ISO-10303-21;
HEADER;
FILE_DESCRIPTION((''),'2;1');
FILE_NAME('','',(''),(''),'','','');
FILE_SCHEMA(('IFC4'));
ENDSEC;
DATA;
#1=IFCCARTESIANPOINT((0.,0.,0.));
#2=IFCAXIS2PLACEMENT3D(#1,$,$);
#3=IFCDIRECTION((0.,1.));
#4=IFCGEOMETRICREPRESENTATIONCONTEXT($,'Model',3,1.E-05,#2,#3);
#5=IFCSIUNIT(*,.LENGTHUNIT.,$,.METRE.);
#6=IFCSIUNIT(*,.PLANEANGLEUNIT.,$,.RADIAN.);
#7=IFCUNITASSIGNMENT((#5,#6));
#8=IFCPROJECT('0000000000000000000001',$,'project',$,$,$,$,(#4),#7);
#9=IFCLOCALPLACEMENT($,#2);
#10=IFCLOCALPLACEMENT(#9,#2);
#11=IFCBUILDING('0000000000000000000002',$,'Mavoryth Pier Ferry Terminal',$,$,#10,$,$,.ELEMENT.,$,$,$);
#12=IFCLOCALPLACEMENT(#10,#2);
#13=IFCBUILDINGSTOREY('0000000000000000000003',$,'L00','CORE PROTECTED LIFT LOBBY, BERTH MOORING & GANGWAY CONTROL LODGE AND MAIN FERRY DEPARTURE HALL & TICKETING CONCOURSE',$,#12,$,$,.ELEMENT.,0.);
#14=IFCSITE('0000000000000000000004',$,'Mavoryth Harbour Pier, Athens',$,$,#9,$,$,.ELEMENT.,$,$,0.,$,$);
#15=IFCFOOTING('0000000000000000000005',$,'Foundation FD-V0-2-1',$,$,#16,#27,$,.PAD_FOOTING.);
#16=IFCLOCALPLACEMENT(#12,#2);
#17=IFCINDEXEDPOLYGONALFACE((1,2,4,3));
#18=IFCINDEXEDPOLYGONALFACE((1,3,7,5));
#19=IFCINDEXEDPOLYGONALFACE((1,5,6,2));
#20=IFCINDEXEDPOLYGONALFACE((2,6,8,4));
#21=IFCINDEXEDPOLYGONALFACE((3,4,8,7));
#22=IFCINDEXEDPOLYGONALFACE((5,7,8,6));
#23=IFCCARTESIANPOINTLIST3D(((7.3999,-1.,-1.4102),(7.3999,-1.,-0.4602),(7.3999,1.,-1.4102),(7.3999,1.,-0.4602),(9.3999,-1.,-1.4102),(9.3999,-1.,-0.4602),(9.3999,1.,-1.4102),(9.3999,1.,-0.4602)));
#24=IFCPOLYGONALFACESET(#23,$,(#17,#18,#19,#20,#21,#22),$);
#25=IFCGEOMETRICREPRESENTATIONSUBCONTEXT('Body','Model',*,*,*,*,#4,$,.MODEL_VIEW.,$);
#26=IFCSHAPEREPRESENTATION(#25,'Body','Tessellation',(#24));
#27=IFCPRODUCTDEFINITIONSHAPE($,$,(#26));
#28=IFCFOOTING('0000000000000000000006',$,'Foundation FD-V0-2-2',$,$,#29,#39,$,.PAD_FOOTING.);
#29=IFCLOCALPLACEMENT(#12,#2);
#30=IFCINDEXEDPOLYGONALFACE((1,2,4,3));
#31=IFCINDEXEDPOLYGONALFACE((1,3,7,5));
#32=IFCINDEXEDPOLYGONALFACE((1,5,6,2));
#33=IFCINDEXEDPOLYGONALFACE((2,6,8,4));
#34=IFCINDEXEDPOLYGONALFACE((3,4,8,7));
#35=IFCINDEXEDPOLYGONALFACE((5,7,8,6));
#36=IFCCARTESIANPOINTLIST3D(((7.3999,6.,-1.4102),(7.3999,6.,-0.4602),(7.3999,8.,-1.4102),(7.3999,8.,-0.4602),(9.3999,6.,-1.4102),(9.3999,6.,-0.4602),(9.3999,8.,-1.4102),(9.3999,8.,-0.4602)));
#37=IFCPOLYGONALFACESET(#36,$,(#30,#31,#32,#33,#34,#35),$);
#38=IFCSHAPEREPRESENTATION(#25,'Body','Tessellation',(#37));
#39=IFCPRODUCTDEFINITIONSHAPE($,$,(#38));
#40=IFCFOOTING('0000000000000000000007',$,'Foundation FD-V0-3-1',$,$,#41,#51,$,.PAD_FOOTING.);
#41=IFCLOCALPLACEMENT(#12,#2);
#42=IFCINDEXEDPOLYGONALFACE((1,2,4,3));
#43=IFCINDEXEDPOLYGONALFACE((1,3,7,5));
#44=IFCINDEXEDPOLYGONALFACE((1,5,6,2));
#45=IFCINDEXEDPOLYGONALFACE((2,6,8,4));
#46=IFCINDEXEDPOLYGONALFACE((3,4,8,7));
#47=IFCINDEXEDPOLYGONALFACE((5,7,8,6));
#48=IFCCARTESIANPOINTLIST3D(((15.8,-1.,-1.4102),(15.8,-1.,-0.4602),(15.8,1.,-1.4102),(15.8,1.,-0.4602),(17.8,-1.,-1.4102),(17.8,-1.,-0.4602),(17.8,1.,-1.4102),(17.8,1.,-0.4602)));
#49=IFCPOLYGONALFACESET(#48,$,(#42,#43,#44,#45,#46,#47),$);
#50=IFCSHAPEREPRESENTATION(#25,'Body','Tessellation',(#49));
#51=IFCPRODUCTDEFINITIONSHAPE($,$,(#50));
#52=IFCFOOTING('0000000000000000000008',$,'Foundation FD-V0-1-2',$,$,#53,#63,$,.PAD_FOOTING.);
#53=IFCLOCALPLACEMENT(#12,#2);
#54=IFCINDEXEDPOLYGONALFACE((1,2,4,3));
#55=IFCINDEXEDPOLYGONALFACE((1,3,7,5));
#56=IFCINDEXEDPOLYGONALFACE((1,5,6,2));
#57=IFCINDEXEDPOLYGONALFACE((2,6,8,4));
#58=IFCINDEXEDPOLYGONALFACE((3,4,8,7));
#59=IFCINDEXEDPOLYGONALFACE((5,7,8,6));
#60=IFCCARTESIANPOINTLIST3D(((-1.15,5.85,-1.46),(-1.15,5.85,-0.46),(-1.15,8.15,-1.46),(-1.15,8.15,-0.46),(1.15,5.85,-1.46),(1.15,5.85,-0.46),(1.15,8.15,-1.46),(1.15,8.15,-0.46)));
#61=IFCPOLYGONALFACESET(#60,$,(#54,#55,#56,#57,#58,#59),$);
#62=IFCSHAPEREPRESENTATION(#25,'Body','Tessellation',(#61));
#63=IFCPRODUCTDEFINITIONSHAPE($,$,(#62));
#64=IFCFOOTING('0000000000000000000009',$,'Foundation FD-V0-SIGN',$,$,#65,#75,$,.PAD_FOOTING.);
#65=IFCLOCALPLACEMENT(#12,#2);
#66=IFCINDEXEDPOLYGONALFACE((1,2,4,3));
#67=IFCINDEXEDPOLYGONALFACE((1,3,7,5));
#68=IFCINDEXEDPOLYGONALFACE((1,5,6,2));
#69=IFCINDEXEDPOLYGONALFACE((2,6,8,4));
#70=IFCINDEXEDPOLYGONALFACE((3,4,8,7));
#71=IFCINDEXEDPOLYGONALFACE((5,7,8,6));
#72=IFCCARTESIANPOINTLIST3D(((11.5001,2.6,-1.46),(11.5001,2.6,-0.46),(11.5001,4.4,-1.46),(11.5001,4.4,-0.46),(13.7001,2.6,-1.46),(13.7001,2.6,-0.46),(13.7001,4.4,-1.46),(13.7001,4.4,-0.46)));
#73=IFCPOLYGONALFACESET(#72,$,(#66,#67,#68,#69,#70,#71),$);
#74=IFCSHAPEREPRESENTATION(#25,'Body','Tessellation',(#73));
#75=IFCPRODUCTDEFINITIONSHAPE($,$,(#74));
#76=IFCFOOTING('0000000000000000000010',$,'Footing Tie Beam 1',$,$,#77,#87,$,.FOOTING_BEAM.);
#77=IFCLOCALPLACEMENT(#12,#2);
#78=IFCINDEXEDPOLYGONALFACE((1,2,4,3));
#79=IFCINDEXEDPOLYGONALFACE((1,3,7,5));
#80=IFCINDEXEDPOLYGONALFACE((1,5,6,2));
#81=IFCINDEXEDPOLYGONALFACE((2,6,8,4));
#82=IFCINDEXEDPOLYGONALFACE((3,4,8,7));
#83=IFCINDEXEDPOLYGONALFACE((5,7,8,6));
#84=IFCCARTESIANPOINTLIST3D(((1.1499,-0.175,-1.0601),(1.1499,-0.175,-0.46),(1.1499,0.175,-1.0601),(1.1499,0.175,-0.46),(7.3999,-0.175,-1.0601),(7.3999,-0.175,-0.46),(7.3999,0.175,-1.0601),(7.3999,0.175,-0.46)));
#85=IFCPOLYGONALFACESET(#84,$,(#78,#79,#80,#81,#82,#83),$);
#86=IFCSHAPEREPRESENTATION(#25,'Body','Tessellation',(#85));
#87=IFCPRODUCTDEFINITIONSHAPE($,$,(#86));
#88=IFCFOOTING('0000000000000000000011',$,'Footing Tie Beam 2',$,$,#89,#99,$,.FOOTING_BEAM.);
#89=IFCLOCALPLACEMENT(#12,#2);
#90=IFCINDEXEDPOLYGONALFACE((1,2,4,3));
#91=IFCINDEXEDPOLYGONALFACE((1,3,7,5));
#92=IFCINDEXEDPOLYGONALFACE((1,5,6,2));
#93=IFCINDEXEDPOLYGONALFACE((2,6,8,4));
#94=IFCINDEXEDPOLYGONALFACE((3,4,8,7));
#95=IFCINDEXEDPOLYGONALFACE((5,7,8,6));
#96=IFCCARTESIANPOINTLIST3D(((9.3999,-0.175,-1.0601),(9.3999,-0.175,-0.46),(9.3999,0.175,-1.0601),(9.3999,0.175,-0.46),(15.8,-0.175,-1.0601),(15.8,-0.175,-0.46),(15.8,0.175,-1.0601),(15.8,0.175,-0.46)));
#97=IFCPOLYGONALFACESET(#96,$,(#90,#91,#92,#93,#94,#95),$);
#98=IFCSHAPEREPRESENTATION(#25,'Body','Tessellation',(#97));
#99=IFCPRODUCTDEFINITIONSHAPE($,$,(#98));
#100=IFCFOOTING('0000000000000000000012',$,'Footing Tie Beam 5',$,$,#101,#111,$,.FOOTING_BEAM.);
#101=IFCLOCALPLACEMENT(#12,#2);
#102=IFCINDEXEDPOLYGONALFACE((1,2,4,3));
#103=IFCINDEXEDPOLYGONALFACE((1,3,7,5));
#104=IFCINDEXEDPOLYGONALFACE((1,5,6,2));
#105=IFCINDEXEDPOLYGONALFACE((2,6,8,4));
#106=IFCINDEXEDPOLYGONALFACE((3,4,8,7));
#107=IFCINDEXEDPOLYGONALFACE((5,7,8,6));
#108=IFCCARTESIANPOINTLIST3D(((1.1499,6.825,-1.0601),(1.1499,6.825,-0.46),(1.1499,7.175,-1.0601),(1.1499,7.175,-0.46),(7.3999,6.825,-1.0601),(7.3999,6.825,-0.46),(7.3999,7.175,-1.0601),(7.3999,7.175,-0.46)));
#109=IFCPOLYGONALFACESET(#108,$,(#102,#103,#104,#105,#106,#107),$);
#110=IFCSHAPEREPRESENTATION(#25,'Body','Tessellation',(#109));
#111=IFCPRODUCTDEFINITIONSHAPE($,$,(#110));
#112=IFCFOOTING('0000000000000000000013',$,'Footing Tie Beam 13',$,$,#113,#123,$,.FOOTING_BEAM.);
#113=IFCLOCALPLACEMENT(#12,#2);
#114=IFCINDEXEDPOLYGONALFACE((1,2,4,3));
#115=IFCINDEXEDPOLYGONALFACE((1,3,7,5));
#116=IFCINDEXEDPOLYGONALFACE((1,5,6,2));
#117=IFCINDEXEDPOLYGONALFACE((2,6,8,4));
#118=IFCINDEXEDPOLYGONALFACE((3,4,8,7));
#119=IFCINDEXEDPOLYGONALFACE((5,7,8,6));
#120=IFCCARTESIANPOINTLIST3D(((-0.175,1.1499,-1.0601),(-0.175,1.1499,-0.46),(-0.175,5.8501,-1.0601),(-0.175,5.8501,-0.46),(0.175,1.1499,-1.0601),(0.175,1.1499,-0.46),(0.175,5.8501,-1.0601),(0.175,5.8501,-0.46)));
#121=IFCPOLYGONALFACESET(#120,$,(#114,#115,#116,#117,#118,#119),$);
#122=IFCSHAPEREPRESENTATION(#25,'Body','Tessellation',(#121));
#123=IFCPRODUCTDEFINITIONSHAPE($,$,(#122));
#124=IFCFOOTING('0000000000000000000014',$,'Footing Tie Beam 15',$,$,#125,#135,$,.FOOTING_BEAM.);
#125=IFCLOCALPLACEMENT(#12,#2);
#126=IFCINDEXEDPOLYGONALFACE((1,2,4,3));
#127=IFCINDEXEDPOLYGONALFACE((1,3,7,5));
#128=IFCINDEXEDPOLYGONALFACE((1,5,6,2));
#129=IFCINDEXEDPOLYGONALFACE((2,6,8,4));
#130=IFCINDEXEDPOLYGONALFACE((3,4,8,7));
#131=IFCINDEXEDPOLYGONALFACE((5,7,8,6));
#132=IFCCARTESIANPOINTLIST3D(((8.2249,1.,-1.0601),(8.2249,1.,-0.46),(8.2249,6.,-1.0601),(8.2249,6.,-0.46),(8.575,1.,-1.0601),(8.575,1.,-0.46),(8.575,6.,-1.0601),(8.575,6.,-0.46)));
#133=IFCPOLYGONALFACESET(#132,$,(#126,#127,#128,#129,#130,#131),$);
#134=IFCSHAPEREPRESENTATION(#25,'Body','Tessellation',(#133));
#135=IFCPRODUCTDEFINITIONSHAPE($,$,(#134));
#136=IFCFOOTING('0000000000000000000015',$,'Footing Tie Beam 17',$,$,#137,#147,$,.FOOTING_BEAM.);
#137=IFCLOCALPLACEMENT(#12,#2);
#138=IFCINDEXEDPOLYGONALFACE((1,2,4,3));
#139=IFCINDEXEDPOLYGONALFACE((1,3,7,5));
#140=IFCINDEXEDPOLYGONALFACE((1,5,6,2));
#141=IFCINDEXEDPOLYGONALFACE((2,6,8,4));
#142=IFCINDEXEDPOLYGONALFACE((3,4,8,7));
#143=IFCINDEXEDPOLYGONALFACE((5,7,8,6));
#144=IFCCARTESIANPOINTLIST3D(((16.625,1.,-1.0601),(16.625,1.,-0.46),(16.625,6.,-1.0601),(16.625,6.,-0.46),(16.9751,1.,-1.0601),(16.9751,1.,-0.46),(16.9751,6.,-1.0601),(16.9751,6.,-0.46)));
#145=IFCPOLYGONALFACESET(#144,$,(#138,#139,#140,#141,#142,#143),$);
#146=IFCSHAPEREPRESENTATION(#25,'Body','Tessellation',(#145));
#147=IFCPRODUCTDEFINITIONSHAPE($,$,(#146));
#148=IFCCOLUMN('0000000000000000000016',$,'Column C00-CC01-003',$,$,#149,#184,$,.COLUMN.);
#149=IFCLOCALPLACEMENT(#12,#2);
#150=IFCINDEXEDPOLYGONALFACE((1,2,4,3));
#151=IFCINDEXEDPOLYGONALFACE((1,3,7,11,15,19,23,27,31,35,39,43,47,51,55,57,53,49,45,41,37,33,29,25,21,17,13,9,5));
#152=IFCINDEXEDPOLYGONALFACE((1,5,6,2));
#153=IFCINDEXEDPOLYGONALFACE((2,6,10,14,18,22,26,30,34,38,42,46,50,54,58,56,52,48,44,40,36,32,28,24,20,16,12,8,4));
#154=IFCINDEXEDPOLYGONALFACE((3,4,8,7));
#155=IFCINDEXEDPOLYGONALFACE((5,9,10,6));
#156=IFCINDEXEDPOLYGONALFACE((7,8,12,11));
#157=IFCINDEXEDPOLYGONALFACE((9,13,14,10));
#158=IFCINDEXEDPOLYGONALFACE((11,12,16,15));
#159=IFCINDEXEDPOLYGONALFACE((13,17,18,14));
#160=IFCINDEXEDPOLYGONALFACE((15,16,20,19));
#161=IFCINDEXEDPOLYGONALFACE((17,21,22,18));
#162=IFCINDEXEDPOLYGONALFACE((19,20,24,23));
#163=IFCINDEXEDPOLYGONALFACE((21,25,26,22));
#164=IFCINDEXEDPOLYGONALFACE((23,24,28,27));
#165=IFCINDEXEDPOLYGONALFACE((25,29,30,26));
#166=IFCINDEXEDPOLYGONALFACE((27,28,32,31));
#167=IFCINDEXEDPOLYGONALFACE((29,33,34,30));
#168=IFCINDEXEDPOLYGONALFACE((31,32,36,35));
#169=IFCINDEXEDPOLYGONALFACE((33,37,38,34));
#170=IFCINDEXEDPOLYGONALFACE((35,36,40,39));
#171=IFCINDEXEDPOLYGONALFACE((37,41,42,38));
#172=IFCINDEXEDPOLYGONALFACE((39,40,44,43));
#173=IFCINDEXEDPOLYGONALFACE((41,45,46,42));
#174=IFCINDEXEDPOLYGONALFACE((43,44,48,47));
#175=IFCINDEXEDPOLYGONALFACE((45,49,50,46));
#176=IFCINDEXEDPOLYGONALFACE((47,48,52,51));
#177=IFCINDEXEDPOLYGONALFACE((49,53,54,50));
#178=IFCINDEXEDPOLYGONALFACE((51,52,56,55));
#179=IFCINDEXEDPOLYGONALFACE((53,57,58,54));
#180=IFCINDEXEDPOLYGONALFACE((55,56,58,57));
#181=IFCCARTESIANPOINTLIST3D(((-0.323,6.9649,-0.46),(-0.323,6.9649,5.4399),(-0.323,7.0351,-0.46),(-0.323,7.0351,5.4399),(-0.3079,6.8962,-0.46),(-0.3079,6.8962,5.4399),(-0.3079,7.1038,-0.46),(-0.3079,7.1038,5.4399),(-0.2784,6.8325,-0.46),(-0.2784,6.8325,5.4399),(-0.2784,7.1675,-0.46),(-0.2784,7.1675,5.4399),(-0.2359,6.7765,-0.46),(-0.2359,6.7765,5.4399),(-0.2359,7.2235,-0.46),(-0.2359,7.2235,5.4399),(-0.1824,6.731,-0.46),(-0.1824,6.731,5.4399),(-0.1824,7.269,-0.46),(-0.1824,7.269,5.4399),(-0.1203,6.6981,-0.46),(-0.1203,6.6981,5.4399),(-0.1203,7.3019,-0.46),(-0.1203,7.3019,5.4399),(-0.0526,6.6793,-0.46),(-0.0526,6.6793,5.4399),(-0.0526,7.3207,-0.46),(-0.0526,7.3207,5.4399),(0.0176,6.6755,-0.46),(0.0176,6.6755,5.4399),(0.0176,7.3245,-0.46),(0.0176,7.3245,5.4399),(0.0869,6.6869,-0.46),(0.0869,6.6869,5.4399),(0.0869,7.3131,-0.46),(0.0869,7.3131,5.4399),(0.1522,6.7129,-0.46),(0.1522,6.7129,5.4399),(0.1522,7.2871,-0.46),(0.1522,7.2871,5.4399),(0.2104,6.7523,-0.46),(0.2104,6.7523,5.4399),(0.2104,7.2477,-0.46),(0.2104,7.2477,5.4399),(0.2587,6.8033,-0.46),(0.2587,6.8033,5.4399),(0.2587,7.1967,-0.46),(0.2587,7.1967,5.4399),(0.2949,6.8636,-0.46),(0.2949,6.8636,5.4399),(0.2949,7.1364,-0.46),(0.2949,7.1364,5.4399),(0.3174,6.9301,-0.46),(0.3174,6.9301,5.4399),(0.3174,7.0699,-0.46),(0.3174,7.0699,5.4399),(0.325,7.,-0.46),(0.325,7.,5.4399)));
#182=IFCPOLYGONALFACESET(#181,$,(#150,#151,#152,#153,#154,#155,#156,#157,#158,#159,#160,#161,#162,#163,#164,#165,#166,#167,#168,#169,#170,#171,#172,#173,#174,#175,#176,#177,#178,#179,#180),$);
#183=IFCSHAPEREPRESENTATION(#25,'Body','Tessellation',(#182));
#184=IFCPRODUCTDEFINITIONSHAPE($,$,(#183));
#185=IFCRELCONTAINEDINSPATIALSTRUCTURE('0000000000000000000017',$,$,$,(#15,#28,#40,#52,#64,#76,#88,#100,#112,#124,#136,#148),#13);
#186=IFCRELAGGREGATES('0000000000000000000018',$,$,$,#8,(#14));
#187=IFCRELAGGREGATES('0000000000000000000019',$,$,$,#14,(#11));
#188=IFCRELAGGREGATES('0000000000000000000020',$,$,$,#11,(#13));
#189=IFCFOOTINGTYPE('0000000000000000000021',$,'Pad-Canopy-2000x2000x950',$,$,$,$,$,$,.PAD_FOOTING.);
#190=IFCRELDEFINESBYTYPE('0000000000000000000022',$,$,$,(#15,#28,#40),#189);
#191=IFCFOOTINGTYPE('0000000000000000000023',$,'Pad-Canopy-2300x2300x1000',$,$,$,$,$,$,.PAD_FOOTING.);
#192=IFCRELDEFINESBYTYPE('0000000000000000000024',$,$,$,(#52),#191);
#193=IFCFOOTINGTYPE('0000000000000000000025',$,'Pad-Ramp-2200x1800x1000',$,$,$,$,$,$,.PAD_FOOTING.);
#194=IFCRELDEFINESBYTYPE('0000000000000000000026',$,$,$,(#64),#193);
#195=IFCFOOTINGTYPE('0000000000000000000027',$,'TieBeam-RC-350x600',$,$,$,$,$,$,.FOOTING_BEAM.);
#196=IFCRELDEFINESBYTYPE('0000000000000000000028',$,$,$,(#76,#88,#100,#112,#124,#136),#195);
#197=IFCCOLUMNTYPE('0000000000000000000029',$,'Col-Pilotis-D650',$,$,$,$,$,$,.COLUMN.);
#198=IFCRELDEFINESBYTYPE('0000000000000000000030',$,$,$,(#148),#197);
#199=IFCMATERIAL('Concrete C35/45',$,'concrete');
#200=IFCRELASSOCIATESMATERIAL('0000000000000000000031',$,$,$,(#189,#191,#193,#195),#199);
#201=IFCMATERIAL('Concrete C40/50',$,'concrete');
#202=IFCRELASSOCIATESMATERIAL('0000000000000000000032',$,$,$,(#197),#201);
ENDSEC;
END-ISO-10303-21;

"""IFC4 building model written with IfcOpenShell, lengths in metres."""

from ifc_helpers import new_model, si_unit, direction, frame, origin, origin_2d, place, context, subcontext, project, spatial, rectangle, circle, extrude, material, material_profile, profile_set, type_object, element, save


model = new_model("IFC4")

# Units and contexts
model_context = context("Model", 3, precision=1e-05, world=origin(), true_north=direction((0.0, 1.0)))
body_context = subcontext(model_context, "Body", "Model", "MODEL_VIEW")
ifc_project = project(units=[si_unit("LENGTHUNIT", "METRE"), si_unit("PLANEANGLEUNIT", "RADIAN")], contexts=[model_context])

# Site, building, storey
site_placement = place(None, origin())
site = spatial("IfcSite", under=ifc_project, at=site_placement, Name="Mavoryth Harbour Pier, Athens", CompositionType="ELEMENT", RefElevation=0.0)
building_placement = place(site_placement, origin())
building = spatial("IfcBuilding", under=site, at=building_placement, Name="Mavoryth Pier Ferry Terminal", CompositionType="ELEMENT")
storey_placement = place(building_placement, origin())
storey = spatial("IfcBuildingStorey", under=building, at=storey_placement, Name="L00", Description="CORE PROTECTED LIFT LOBBY, BERTH MOORING & GANGWAY CONTROL LODGE AND MAIN FERRY DEPARTURE HALL & TICKETING CONCOURSE", CompositionType="ELEMENT", Elevation=0.0)

# Footings
ifc_material_1 = material(Name="Concrete C35/45", Category="concrete")
footing_type_1 = type_object("IfcFootingType", Name="Pad-Canopy-2000x2000x950", PredefinedType="PAD_FOOTING", material=ifc_material_1)
for number, where, z_axis, x_axis, name in (
    (1, (8.3999, 0.0, -1.4102), (0.0, 0.0, 1.0), (1.0, 0.0, 0.0), "Foundation FD-V0-2-1"),
    (2, (8.3999, 7.0, -1.4102), (0.0, 0.0, 1.0), (1.0, 0.0, 0.0), "Foundation FD-V0-2-2"),
    (3, (16.8, 0.0, -1.4102), (0.0, 0.0, 1.0), (1.0, 0.0, 0.0), "Foundation FD-V0-3-1"),
):
    element("IfcFooting", number, at=place(storey_placement, frame(where, z_axis=z_axis, x_axis=x_axis)), inside=storey, type_object=footing_type_1, Name=name, PredefinedType="PAD_FOOTING", context=body_context, shape_type="SweptSolid", body=[
        extrude(rectangle(XDim=2.0, YDim=2.0, at=origin_2d()), origin(), (0.0, 0.0, 1.0), 0.95),
    ])
footing_type_2 = type_object("IfcFootingType", Name="Pad-Canopy-2300x2300x1000", PredefinedType="PAD_FOOTING", material=ifc_material_1)
footing_1_placement = place(storey_placement, frame((0.0, 7.0, -1.46), z_axis=(0.0, 0.0, 1.0), x_axis=(1.0, 0.0, 0.0)))
element("IfcFooting", 4, at=footing_1_placement, inside=storey, type_object=footing_type_2, Name="Foundation FD-V0-1-2", PredefinedType="PAD_FOOTING", context=body_context, shape_type="SweptSolid", body=[
    extrude(rectangle(XDim=2.3, YDim=2.3, at=origin_2d()), origin(), (0.0, 0.0, 1.0), 1.0),
])
footing_type_3 = type_object("IfcFootingType", Name="Pad-Ramp-2200x1800x1000", PredefinedType="PAD_FOOTING", material=ifc_material_1)
footing_2_placement = place(storey_placement, frame((12.6001, 3.5, -1.46), z_axis=(0.0, 0.0, 1.0), x_axis=(1.0, 0.0, 0.0)))
element("IfcFooting", 5, at=footing_2_placement, inside=storey, type_object=footing_type_3, Name="Foundation FD-V0-SIGN", PredefinedType="PAD_FOOTING", context=body_context, shape_type="SweptSolid", body=[
    extrude(rectangle(XDim=2.2, YDim=1.8, at=origin_2d()), origin(), (0.0, 0.0, 1.0), 1.0),
])
ifc_material_profile_1 = material_profile(ifc_material_1, rectangle(XDim=0.3501, YDim=0.6001, at=origin_2d()), Name="RC 350x600", Category="concrete")
ifc_profile_set_1 = profile_set([ifc_material_profile_1], Name="Concrete C35/45 - RC 350x600")
footing_type_4 = type_object("IfcFootingType", Name="TieBeam-RC-350x600", PredefinedType="FOOTING_BEAM", material=ifc_profile_set_1)
footing_3_placement = place(storey_placement, frame((1.1499, 0.0, -0.76), z_axis=(1.0, 0.0, 0.0), x_axis=(0.0, 1.0, 0.0)))
element("IfcFooting", 6, at=footing_3_placement, inside=storey, type_object=footing_type_4, Name="Footing Tie Beam 1", PredefinedType="FOOTING_BEAM", context=body_context, shape_type="SweptSolid", body=[
    extrude(rectangle(XDim=0.3501, YDim=0.6001, at=origin_2d()), origin(), (0.0, 0.0, 1.0), 6.25),
])
footing_4_placement = place(storey_placement, frame((9.3999, 0.0, -0.76), z_axis=(1.0, 0.0, 0.0), x_axis=(0.0, 1.0, 0.0)))
element("IfcFooting", 7, at=footing_4_placement, inside=storey, type_object=footing_type_4, Name="Footing Tie Beam 2", PredefinedType="FOOTING_BEAM", context=body_context, shape_type="SweptSolid", body=[
    extrude(rectangle(XDim=0.3501, YDim=0.6001, at=origin_2d()), origin(), (0.0, 0.0, 1.0), 6.4001),
])
footing_5_placement = place(storey_placement, frame((1.1499, 7.0, -0.76), z_axis=(1.0, 0.0, 0.0), x_axis=(0.0, 1.0, 0.0)))
element("IfcFooting", 8, at=footing_5_placement, inside=storey, type_object=footing_type_4, Name="Footing Tie Beam 5", PredefinedType="FOOTING_BEAM", context=body_context, shape_type="SweptSolid", body=[
    extrude(rectangle(XDim=0.3501, YDim=0.6001, at=origin_2d()), origin(), (0.0, 0.0, 1.0), 6.25),
])
footing_6_placement = place(storey_placement, frame((0.0, 1.1499, -0.76), z_axis=(0.0, 1.0, 0.0), x_axis=(-1.0, 0.0, 0.0)))
element("IfcFooting", 9, at=footing_6_placement, inside=storey, type_object=footing_type_4, Name="Footing Tie Beam 13", PredefinedType="FOOTING_BEAM", context=body_context, shape_type="SweptSolid", body=[
    extrude(rectangle(XDim=0.3501, YDim=0.6001, at=origin_2d()), origin(), (0.0, 0.0, 1.0), 4.7002),
])
for number, where, z_axis, x_axis, name in (
    (10, (8.3999, 1.0, -0.76), (0.0, 1.0, 0.0), (-1.0, 0.0, 0.0), "Footing Tie Beam 15"),
    (11, (16.8, 1.0, -0.76), (0.0, 1.0, 0.0), (-1.0, 0.0, 0.0), "Footing Tie Beam 17"),
):
    element("IfcFooting", number, at=place(storey_placement, frame(where, z_axis=z_axis, x_axis=x_axis)), inside=storey, type_object=footing_type_4, Name=name, PredefinedType="FOOTING_BEAM", context=body_context, shape_type="SweptSolid", body=[
        extrude(rectangle(XDim=0.3501, YDim=0.6001, at=origin_2d()), origin(), (0.0, 0.0, 1.0), 5.0),
    ])

# Column
ifc_material_2 = material(Name="Concrete C40/50", Category="concrete")
ifc_material_profile_2 = material_profile(ifc_material_2, circle(Radius=0.325, at=origin_2d()), Name="RC D650", Category="concrete")
ifc_profile_set_2 = profile_set([ifc_material_profile_2], Name="Concrete C40/50 - RC D650")
column_type_1 = type_object("IfcColumnType", Name="Col-Pilotis-D650", PredefinedType="COLUMN", material=ifc_profile_set_2)
for number, where, z_axis, x_axis, name in (
    (12, (0.0, 7.0, -0.46), (0.0, 0.0, 1.0), (1.0, 0.0, 0.0), "Column C00-CC01-003"),
):
    element("IfcColumn", number, at=place(storey_placement, frame(where, z_axis=z_axis, x_axis=x_axis)), inside=storey, type_object=column_type_1, Name=name, PredefinedType="COLUMN", context=body_context, shape_type="SweptSolid", body=[
        extrude(circle(Radius=0.325, at=origin_2d()), origin(), (0.0, 0.0, 1.0), 5.8999),
    ])

save(model, "model.ifc")
